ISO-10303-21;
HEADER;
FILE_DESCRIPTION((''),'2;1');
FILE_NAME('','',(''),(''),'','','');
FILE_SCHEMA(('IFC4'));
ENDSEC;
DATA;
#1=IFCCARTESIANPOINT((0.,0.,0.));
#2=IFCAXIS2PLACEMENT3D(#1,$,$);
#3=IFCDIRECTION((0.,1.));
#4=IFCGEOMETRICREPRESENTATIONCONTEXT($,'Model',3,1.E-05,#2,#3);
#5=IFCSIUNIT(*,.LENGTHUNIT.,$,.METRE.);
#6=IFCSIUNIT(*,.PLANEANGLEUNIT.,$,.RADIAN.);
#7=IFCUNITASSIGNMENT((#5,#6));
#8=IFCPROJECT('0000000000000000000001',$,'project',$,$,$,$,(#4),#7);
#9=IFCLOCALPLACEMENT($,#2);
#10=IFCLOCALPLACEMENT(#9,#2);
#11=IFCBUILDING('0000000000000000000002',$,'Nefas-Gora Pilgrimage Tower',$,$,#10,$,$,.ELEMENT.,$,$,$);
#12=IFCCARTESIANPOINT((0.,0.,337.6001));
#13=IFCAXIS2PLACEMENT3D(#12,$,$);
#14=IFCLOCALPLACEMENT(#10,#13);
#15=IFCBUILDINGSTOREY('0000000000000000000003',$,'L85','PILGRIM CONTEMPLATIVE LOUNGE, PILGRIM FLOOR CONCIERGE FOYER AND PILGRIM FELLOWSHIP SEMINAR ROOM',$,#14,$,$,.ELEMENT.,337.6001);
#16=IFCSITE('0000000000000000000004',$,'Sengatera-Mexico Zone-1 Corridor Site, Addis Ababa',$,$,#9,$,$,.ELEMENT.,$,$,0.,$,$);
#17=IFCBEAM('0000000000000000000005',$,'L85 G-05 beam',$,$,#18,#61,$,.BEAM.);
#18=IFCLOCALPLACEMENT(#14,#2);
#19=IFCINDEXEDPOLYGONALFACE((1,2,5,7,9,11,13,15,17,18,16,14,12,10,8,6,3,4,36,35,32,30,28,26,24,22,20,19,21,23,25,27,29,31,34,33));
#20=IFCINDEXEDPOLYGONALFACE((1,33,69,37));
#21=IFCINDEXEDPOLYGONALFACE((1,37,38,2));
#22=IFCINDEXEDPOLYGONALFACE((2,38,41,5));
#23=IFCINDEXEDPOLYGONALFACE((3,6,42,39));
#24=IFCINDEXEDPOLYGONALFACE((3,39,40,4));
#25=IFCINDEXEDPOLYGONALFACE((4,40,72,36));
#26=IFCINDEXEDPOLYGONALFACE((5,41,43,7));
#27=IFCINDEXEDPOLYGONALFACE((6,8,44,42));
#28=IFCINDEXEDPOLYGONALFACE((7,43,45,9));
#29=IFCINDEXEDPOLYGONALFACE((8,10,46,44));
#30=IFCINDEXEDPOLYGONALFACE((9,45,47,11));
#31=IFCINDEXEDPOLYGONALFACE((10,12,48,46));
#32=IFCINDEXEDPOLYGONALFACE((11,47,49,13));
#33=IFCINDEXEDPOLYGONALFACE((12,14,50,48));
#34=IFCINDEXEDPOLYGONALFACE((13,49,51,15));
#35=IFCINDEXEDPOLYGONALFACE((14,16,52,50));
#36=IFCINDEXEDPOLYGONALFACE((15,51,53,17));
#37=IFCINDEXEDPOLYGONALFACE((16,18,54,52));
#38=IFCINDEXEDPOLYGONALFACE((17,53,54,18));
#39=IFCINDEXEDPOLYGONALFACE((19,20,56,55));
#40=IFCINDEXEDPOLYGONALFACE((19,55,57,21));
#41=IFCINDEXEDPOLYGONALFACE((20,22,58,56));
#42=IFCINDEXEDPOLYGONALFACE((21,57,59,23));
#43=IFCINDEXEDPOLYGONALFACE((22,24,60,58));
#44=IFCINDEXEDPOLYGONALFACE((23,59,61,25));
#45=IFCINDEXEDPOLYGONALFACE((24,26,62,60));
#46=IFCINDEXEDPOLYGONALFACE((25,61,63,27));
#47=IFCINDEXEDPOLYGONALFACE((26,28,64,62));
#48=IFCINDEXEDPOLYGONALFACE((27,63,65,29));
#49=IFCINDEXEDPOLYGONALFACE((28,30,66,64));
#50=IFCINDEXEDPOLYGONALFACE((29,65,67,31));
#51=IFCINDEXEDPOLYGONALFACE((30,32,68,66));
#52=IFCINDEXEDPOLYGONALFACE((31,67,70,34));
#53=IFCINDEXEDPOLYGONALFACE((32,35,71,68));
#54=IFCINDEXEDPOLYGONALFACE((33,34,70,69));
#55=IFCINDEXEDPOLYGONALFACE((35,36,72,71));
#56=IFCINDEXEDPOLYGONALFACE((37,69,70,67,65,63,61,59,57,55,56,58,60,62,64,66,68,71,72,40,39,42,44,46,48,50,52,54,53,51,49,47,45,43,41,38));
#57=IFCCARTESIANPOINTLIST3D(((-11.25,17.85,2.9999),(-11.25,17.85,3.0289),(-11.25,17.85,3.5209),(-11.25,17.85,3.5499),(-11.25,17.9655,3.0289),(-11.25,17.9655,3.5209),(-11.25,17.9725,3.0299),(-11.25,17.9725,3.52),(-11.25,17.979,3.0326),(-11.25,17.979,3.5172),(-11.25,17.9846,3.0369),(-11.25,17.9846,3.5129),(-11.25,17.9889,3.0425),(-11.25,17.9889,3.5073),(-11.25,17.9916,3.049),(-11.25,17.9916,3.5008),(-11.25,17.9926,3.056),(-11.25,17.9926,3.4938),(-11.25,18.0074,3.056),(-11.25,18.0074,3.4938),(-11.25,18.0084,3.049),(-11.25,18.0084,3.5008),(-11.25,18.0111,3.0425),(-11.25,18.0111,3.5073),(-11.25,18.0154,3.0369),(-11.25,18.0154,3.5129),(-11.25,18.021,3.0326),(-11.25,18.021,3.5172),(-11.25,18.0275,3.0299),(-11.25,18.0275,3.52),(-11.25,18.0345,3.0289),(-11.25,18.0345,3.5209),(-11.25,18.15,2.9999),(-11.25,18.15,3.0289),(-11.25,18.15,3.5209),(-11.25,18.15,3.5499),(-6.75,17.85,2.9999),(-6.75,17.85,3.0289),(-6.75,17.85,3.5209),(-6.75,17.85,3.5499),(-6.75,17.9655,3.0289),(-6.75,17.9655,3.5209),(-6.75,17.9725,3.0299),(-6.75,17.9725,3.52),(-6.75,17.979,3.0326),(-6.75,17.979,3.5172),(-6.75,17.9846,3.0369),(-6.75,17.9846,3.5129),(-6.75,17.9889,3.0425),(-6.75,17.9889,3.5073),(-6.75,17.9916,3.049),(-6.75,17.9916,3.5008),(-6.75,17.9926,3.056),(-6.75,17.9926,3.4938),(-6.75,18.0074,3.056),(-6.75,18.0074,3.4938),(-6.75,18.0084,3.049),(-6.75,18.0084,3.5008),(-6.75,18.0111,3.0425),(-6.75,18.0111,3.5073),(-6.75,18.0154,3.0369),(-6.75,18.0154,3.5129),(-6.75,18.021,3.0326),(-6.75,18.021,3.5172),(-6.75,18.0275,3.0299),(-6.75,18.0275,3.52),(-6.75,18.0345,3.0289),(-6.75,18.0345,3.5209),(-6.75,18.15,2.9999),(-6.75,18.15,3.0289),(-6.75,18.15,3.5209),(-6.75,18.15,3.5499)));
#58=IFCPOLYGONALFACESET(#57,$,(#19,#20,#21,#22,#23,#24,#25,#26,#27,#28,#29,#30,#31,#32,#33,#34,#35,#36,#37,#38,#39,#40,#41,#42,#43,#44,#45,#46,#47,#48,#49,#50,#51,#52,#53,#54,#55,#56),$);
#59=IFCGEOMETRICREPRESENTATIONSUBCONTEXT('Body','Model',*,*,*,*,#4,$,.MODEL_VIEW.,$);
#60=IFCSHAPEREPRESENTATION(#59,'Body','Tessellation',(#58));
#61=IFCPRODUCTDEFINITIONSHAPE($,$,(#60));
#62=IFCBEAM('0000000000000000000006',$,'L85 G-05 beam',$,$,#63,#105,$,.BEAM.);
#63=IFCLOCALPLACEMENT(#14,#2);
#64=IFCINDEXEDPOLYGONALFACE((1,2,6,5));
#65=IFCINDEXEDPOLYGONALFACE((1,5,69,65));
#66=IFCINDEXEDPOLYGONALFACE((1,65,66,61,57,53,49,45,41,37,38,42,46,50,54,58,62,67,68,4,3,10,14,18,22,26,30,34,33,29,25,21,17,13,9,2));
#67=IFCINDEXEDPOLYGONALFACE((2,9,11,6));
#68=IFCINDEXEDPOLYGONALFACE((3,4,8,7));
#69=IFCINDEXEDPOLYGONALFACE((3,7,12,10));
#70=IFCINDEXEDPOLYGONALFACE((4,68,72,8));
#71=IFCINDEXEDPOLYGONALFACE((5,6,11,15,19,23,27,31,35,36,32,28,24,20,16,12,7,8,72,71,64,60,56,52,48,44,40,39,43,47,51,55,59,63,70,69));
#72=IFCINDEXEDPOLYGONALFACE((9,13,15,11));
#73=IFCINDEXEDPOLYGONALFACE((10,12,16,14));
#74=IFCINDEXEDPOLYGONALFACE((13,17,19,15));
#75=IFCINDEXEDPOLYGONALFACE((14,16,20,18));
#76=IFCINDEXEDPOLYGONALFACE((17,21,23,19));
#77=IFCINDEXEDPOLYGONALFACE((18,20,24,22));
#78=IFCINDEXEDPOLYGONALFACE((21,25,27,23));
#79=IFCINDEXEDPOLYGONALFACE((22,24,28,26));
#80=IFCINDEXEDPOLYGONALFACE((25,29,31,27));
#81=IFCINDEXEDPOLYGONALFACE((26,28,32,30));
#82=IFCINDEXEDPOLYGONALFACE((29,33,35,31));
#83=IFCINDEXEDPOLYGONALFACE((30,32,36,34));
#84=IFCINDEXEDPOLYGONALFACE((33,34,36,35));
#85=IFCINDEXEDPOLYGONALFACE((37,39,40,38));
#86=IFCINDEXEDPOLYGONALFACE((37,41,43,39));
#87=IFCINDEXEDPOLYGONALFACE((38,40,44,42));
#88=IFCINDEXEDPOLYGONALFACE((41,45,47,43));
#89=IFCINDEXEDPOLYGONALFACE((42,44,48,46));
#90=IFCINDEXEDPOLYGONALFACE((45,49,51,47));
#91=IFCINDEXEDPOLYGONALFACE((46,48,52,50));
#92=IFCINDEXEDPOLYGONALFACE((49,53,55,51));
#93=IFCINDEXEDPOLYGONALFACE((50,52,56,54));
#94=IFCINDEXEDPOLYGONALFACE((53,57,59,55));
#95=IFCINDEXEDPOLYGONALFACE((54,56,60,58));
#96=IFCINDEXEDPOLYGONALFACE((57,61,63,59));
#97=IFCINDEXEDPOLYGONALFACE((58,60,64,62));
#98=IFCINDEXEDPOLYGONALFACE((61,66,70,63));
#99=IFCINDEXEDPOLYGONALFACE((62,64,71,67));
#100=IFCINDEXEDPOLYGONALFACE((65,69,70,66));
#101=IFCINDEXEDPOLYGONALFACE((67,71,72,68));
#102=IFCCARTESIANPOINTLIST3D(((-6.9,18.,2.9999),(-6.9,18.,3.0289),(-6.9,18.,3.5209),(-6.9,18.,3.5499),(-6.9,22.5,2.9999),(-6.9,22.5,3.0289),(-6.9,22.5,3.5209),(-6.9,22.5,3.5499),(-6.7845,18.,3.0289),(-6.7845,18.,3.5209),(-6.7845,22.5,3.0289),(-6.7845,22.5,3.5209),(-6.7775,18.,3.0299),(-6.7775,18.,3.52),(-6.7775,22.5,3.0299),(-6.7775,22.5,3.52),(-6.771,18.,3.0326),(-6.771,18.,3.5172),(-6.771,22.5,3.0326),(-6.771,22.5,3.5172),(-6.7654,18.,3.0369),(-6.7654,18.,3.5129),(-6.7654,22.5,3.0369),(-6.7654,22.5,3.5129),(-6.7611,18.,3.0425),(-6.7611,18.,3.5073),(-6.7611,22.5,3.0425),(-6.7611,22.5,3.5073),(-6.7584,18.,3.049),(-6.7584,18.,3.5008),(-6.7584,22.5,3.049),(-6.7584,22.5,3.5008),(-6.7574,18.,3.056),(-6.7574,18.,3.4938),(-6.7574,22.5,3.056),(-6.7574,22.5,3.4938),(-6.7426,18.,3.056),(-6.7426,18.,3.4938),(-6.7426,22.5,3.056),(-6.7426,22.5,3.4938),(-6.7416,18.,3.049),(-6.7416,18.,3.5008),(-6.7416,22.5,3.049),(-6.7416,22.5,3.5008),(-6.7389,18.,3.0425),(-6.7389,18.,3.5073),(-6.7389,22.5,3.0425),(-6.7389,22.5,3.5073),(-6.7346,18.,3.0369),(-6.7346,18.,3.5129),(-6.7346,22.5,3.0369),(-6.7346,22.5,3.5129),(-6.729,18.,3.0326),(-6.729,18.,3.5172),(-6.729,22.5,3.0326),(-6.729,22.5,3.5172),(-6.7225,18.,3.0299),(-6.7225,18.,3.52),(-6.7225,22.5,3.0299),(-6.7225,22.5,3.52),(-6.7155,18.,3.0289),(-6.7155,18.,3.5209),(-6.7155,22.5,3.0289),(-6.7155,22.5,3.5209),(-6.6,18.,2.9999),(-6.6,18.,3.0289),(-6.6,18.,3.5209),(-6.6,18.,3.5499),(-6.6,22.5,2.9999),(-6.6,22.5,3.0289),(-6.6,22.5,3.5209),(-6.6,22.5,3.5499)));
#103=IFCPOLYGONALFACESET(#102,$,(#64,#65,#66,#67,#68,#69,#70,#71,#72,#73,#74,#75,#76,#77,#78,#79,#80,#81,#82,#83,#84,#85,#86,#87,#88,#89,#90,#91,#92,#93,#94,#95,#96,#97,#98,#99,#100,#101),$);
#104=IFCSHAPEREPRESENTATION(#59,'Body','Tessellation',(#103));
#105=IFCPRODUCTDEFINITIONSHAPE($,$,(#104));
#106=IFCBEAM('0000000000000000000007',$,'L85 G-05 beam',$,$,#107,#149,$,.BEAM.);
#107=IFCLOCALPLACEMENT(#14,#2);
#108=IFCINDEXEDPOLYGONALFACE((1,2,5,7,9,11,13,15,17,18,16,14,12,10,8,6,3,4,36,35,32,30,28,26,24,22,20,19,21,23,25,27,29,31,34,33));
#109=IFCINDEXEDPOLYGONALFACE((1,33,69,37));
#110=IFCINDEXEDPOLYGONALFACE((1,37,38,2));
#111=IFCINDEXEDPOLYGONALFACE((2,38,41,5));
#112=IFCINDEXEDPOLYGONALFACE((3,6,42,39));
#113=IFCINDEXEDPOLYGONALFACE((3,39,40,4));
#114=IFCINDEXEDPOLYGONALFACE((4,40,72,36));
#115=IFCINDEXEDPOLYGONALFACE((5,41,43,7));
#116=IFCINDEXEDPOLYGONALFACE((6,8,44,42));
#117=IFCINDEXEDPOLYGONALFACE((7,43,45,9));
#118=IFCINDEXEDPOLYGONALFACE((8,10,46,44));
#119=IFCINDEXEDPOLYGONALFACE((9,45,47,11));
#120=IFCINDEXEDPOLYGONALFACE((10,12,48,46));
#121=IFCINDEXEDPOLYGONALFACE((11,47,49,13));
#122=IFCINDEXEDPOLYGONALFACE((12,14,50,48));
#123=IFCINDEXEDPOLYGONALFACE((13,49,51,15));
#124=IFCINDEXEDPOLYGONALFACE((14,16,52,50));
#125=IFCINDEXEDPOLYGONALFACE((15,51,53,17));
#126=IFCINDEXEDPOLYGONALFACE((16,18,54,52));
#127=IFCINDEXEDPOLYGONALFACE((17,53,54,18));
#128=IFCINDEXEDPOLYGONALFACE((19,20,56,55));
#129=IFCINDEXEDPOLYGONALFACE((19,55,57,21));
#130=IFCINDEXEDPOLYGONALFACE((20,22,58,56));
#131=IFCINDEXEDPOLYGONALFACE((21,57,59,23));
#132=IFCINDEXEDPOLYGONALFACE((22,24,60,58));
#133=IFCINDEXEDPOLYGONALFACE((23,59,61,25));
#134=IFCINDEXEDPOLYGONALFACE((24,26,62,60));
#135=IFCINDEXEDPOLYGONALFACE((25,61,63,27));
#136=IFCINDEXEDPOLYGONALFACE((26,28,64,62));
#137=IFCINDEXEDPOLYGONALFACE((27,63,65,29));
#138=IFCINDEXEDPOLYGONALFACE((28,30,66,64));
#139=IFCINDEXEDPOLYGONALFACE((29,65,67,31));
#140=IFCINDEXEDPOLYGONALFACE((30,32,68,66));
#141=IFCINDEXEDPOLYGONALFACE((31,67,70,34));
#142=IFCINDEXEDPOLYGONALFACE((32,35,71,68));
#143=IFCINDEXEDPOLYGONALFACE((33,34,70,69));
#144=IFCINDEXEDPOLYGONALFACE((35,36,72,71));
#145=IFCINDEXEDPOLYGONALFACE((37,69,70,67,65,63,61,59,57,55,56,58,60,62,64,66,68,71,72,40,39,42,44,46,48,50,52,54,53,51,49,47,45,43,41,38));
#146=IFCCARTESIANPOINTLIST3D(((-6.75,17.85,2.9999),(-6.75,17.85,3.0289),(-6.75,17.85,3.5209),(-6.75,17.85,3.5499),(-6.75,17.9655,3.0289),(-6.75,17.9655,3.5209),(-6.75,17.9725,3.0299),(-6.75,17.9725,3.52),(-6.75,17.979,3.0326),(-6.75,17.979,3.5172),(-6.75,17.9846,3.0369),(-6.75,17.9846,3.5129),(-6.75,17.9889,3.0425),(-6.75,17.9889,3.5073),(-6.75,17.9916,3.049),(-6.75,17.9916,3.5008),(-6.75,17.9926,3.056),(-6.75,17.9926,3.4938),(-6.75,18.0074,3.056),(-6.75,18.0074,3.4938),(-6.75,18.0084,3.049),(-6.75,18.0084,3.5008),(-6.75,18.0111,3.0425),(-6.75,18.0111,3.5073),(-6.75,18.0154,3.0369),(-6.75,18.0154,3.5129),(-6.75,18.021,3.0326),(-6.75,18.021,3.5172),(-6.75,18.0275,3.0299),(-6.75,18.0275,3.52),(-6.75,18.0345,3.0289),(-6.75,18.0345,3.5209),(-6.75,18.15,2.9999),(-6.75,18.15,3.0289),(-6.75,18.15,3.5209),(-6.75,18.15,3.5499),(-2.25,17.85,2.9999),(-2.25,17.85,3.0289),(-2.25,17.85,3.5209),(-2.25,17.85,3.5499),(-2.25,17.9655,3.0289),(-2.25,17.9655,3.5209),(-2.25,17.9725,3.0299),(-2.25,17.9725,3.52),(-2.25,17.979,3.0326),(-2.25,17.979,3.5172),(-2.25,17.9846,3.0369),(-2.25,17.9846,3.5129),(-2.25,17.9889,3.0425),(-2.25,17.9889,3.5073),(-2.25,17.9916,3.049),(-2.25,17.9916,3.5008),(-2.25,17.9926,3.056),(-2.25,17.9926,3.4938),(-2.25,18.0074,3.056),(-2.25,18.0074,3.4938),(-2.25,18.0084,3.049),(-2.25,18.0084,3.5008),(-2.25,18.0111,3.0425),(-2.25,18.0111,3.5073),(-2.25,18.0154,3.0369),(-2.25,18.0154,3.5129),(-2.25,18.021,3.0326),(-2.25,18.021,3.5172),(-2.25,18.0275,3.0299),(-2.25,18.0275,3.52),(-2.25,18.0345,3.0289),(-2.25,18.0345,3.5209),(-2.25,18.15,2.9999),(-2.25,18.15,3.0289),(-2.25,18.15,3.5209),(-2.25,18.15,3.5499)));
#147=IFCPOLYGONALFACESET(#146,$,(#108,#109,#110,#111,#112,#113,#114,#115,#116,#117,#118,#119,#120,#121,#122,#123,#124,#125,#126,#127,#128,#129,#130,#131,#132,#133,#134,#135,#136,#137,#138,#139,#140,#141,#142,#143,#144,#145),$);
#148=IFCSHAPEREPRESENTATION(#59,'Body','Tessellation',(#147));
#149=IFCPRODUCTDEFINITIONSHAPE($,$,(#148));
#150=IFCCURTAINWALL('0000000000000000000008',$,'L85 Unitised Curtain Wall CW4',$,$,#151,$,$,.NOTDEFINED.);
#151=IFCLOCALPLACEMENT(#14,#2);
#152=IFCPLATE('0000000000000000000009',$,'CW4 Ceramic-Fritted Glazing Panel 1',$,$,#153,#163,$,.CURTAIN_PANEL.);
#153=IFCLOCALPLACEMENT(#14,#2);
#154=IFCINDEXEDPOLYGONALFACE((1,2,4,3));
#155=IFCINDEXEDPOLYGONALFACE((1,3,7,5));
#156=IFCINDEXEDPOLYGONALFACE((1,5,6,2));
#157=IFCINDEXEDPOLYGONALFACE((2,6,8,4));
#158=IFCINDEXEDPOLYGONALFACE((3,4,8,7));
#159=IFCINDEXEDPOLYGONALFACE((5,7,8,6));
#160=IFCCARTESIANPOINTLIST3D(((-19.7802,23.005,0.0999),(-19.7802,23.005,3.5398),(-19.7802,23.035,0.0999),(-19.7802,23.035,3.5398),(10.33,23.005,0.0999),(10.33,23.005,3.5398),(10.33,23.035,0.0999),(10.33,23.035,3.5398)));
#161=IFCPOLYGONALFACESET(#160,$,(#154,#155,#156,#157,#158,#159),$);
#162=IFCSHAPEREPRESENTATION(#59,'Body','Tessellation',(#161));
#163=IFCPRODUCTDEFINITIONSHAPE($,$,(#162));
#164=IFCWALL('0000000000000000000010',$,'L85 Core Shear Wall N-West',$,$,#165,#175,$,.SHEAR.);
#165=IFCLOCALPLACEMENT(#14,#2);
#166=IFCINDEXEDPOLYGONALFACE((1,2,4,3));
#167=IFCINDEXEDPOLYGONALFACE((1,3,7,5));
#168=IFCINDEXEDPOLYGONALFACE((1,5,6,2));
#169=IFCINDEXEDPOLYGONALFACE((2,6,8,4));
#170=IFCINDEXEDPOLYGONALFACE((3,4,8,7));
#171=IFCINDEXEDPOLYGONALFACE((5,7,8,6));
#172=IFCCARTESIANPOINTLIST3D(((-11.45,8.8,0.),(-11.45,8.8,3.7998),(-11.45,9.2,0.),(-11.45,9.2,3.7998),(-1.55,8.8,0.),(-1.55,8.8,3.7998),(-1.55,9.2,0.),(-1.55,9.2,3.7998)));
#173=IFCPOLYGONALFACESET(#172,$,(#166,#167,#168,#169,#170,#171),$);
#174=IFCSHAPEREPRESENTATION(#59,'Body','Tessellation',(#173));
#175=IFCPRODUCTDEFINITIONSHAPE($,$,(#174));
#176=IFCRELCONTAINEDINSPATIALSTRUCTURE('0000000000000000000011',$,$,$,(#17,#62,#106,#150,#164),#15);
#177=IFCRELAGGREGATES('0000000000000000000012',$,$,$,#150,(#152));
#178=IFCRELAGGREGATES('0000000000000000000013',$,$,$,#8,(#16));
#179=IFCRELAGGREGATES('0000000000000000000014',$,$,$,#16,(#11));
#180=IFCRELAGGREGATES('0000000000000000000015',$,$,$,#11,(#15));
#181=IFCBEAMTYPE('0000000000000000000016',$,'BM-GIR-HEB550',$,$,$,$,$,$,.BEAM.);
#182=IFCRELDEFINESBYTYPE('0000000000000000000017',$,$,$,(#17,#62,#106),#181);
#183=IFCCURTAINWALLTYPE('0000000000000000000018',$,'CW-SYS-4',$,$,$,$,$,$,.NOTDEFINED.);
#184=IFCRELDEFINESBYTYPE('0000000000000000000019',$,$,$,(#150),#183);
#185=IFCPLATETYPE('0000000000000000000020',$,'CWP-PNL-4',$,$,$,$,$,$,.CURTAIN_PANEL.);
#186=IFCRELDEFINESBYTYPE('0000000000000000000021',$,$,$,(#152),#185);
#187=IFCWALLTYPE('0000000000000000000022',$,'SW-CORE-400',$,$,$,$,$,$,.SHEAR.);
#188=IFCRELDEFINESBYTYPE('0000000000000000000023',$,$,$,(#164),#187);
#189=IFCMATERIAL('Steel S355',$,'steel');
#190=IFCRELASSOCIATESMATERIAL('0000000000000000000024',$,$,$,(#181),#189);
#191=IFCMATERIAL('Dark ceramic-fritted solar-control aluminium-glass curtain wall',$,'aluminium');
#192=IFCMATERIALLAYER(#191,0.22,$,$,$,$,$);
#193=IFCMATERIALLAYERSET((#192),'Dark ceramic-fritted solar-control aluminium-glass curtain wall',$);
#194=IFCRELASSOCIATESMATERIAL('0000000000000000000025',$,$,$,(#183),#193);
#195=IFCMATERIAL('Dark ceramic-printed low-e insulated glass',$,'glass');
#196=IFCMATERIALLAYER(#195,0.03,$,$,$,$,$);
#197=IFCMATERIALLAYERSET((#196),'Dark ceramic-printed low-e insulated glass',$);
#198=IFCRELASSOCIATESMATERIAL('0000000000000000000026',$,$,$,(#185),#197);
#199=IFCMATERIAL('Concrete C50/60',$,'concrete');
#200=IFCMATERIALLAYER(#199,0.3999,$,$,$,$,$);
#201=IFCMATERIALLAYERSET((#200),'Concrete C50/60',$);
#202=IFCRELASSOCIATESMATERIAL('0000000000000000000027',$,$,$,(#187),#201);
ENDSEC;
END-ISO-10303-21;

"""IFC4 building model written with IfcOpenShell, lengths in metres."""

from ifc_helpers import new_model, si_unit, direction, frame, frame_2d, origin, origin_2d, place, context, subcontext, project, spatial, rectangle, i_section, extrude, source, transform, mapped, material, layer, layer_set, material_profile, profile_set, type_object, element, aggregate, save


model = new_model("IFC4")

# Units and contexts
model_context = context("Model", 3, precision=1e-05, world=origin(), true_north=direction((0.0, 1.0)))
body_context = subcontext(model_context, "Body", "Model", "MODEL_VIEW")
ifc_project = project(units=[si_unit("LENGTHUNIT", "METRE"), si_unit("PLANEANGLEUNIT", "RADIAN")], contexts=[model_context])

# Site, building, storey
site_placement = place(None, origin())
site = spatial("IfcSite", under=ifc_project, at=site_placement, Name="Sengatera-Mexico Zone-1 Corridor Site, Addis Ababa", CompositionType="ELEMENT", RefElevation=0.0)
building_placement = place(site_placement, origin())
building = spatial("IfcBuilding", under=site, at=building_placement, Name="Nefas-Gora Pilgrimage Tower", CompositionType="ELEMENT")
storey_placement = place(building_placement, frame((0.0, 0.0, 337.6001)))
storey = spatial("IfcBuildingStorey", under=building, at=storey_placement, Name="L85", Description="PILGRIM CONTEMPLATIVE LOUNGE, PILGRIM FLOOR CONCIERGE FOYER AND PILGRIM FELLOWSHIP SEMINAR ROOM", CompositionType="ELEMENT", Elevation=337.6001)

# Shared definitions
ifc_material_1 = material(Name="Steel S355", Category="steel")
ifc_material_2 = material(Name="Concrete C50/60", Category="concrete")

# Beams
ifc_material_profile_1 = material_profile(ifc_material_1, i_section(OverallWidth=0.3, OverallDepth=0.55, WebThickness=0.0149, FlangeThickness=0.0291, FilletRadius=0.0271, at=origin_2d()), Name="HEB 550")
ifc_profile_set_1 = profile_set([ifc_material_profile_1], Name="Steel S355")
beam_type_1 = type_object("IfcBeamType", Name="BM-GIR-HEB550", PredefinedType="BEAM", material=ifc_profile_set_1)
shared_shape_1 = source(origin(), body_context, "Body", "SweptSolid", [
    extrude(i_section(OverallWidth=0.3, OverallDepth=0.55, WebThickness=0.0149, FlangeThickness=0.0291, FilletRadius=0.0271, at=origin_2d()), origin(), (0.0, 0.0, 1.0), 4.5),
])
for number, where, z_axis, x_axis, name in (
    (1, (-11.25, 18.0, 3.2749), (1.0, 0.0, 0.0), (0.0, 1.0, 0.0), "L85 G-05 beam"),
    (2, (-6.75, 18.0, 3.2749), (0.0, 1.0, 0.0), (-1.0, 0.0, 0.0), "L85 G-05 beam"),
    (3, (-6.75, 18.0, 3.2749), (1.0, 0.0, 0.0), (0.0, 1.0, 0.0), "L85 G-05 beam"),
):
    element("IfcBeam", number, at=place(storey_placement, frame(where, z_axis=z_axis, x_axis=x_axis)), inside=storey, type_object=beam_type_1, Name=name, PredefinedType="BEAM", context=body_context, shape_type="MappedRepresentation", body=[
        mapped(shared_shape_1, transform((0.0, 0.0, 0.0), x_axis=(1.0, 0.0, 0.0), y_axis=(0.0, 1.0, 0.0), z_axis=(0.0, 0.0, 1.0), scale=1.0)),
    ])

# Curtain wall, plate
ifc_material_3 = material(Name="Dark ceramic-fritted solar-control aluminium-glass curtain wall", Category="aluminium")
ifc_layer_1 = layer(ifc_material_3, 0.22)
ifc_layer_set_1 = layer_set([ifc_layer_1], Name="Dark ceramic-fritted solar-control aluminium-glass curtain wall")
curtain_wall_type = type_object("IfcCurtainWallType", Name="CW-SYS-4", PredefinedType="NOTDEFINED", material=ifc_layer_set_1)
curtain_wall_placement = place(storey_placement, origin())
curtain_wall = element("IfcCurtainWall", 4, at=curtain_wall_placement, inside=storey, type_object=curtain_wall_type, Name="L85 Unitised Curtain Wall CW4", PredefinedType="NOTDEFINED")
ifc_material_4 = material(Name="Dark ceramic-printed low-e insulated glass", Category="glass")
ifc_layer_2 = layer(ifc_material_4, 0.03)
ifc_layer_set_2 = layer_set([ifc_layer_2], Name="Dark ceramic-printed low-e insulated glass")
plate_type = type_object("IfcPlateType", Name="CWP-PNL-4", PredefinedType="CURTAIN_PANEL", material=ifc_layer_set_2)
shared_shape_2 = source(origin(), body_context, "Body", "SweptSolid", [
    extrude(rectangle(XDim=30.1101, YDim=0.03, at=origin_2d()), origin(), (0.0, 0.0, 1.0), 3.4399),
])
plate_placement = place(storey_placement, frame((-4.7251, 23.02, 0.0999), z_axis=(0.0, 0.0, 1.0), x_axis=(-1.0, 0.0, 0.0)))
plate = element("IfcPlate", 5, at=plate_placement, type_object=plate_type, Name="CW4 Ceramic-Fritted Glazing Panel 1", PredefinedType="CURTAIN_PANEL", context=body_context, shape_type="MappedRepresentation", body=[
    mapped(shared_shape_2, transform((0.0, 0.0, 0.0), x_axis=(1.0, 0.0, 0.0), y_axis=(0.0, 1.0, 0.0), z_axis=(0.0, 0.0, 1.0), scale=1.0)),
])
aggregate(curtain_wall, [plate])

# Wall
ifc_layer_3 = layer(ifc_material_2, 0.3999)
ifc_layer_set_3 = layer_set([ifc_layer_3], Name="Concrete C50/60")
wall_type_1 = type_object("IfcWallType", Name="SW-CORE-400", PredefinedType="SHEAR", material=ifc_layer_set_3)
shared_shape_3 = source(origin(), body_context, "Body", "SweptSolid", [
    extrude(rectangle(XDim=9.8999, YDim=0.3999, at=frame_2d((4.95, 0.0))), origin(), (0.0, 0.0, 1.0), 3.7998),
])
wall_1_placement = place(storey_placement, frame((-11.45, 9.0, 0.0), z_axis=(0.0, 0.0, 1.0), x_axis=(1.0, 0.0, 0.0)))
element("IfcWall", 6, at=wall_1_placement, inside=storey, type_object=wall_type_1, Name="L85 Core Shear Wall N-West", PredefinedType="SHEAR", context=body_context, shape_type="MappedRepresentation", body=[
    mapped(shared_shape_3, transform((0.0, 0.0, 0.0), x_axis=(1.0, 0.0, 0.0), y_axis=(0.0, 1.0, 0.0), z_axis=(0.0, 0.0, 1.0), scale=1.0)),
])

save(model, "model.ifc")
